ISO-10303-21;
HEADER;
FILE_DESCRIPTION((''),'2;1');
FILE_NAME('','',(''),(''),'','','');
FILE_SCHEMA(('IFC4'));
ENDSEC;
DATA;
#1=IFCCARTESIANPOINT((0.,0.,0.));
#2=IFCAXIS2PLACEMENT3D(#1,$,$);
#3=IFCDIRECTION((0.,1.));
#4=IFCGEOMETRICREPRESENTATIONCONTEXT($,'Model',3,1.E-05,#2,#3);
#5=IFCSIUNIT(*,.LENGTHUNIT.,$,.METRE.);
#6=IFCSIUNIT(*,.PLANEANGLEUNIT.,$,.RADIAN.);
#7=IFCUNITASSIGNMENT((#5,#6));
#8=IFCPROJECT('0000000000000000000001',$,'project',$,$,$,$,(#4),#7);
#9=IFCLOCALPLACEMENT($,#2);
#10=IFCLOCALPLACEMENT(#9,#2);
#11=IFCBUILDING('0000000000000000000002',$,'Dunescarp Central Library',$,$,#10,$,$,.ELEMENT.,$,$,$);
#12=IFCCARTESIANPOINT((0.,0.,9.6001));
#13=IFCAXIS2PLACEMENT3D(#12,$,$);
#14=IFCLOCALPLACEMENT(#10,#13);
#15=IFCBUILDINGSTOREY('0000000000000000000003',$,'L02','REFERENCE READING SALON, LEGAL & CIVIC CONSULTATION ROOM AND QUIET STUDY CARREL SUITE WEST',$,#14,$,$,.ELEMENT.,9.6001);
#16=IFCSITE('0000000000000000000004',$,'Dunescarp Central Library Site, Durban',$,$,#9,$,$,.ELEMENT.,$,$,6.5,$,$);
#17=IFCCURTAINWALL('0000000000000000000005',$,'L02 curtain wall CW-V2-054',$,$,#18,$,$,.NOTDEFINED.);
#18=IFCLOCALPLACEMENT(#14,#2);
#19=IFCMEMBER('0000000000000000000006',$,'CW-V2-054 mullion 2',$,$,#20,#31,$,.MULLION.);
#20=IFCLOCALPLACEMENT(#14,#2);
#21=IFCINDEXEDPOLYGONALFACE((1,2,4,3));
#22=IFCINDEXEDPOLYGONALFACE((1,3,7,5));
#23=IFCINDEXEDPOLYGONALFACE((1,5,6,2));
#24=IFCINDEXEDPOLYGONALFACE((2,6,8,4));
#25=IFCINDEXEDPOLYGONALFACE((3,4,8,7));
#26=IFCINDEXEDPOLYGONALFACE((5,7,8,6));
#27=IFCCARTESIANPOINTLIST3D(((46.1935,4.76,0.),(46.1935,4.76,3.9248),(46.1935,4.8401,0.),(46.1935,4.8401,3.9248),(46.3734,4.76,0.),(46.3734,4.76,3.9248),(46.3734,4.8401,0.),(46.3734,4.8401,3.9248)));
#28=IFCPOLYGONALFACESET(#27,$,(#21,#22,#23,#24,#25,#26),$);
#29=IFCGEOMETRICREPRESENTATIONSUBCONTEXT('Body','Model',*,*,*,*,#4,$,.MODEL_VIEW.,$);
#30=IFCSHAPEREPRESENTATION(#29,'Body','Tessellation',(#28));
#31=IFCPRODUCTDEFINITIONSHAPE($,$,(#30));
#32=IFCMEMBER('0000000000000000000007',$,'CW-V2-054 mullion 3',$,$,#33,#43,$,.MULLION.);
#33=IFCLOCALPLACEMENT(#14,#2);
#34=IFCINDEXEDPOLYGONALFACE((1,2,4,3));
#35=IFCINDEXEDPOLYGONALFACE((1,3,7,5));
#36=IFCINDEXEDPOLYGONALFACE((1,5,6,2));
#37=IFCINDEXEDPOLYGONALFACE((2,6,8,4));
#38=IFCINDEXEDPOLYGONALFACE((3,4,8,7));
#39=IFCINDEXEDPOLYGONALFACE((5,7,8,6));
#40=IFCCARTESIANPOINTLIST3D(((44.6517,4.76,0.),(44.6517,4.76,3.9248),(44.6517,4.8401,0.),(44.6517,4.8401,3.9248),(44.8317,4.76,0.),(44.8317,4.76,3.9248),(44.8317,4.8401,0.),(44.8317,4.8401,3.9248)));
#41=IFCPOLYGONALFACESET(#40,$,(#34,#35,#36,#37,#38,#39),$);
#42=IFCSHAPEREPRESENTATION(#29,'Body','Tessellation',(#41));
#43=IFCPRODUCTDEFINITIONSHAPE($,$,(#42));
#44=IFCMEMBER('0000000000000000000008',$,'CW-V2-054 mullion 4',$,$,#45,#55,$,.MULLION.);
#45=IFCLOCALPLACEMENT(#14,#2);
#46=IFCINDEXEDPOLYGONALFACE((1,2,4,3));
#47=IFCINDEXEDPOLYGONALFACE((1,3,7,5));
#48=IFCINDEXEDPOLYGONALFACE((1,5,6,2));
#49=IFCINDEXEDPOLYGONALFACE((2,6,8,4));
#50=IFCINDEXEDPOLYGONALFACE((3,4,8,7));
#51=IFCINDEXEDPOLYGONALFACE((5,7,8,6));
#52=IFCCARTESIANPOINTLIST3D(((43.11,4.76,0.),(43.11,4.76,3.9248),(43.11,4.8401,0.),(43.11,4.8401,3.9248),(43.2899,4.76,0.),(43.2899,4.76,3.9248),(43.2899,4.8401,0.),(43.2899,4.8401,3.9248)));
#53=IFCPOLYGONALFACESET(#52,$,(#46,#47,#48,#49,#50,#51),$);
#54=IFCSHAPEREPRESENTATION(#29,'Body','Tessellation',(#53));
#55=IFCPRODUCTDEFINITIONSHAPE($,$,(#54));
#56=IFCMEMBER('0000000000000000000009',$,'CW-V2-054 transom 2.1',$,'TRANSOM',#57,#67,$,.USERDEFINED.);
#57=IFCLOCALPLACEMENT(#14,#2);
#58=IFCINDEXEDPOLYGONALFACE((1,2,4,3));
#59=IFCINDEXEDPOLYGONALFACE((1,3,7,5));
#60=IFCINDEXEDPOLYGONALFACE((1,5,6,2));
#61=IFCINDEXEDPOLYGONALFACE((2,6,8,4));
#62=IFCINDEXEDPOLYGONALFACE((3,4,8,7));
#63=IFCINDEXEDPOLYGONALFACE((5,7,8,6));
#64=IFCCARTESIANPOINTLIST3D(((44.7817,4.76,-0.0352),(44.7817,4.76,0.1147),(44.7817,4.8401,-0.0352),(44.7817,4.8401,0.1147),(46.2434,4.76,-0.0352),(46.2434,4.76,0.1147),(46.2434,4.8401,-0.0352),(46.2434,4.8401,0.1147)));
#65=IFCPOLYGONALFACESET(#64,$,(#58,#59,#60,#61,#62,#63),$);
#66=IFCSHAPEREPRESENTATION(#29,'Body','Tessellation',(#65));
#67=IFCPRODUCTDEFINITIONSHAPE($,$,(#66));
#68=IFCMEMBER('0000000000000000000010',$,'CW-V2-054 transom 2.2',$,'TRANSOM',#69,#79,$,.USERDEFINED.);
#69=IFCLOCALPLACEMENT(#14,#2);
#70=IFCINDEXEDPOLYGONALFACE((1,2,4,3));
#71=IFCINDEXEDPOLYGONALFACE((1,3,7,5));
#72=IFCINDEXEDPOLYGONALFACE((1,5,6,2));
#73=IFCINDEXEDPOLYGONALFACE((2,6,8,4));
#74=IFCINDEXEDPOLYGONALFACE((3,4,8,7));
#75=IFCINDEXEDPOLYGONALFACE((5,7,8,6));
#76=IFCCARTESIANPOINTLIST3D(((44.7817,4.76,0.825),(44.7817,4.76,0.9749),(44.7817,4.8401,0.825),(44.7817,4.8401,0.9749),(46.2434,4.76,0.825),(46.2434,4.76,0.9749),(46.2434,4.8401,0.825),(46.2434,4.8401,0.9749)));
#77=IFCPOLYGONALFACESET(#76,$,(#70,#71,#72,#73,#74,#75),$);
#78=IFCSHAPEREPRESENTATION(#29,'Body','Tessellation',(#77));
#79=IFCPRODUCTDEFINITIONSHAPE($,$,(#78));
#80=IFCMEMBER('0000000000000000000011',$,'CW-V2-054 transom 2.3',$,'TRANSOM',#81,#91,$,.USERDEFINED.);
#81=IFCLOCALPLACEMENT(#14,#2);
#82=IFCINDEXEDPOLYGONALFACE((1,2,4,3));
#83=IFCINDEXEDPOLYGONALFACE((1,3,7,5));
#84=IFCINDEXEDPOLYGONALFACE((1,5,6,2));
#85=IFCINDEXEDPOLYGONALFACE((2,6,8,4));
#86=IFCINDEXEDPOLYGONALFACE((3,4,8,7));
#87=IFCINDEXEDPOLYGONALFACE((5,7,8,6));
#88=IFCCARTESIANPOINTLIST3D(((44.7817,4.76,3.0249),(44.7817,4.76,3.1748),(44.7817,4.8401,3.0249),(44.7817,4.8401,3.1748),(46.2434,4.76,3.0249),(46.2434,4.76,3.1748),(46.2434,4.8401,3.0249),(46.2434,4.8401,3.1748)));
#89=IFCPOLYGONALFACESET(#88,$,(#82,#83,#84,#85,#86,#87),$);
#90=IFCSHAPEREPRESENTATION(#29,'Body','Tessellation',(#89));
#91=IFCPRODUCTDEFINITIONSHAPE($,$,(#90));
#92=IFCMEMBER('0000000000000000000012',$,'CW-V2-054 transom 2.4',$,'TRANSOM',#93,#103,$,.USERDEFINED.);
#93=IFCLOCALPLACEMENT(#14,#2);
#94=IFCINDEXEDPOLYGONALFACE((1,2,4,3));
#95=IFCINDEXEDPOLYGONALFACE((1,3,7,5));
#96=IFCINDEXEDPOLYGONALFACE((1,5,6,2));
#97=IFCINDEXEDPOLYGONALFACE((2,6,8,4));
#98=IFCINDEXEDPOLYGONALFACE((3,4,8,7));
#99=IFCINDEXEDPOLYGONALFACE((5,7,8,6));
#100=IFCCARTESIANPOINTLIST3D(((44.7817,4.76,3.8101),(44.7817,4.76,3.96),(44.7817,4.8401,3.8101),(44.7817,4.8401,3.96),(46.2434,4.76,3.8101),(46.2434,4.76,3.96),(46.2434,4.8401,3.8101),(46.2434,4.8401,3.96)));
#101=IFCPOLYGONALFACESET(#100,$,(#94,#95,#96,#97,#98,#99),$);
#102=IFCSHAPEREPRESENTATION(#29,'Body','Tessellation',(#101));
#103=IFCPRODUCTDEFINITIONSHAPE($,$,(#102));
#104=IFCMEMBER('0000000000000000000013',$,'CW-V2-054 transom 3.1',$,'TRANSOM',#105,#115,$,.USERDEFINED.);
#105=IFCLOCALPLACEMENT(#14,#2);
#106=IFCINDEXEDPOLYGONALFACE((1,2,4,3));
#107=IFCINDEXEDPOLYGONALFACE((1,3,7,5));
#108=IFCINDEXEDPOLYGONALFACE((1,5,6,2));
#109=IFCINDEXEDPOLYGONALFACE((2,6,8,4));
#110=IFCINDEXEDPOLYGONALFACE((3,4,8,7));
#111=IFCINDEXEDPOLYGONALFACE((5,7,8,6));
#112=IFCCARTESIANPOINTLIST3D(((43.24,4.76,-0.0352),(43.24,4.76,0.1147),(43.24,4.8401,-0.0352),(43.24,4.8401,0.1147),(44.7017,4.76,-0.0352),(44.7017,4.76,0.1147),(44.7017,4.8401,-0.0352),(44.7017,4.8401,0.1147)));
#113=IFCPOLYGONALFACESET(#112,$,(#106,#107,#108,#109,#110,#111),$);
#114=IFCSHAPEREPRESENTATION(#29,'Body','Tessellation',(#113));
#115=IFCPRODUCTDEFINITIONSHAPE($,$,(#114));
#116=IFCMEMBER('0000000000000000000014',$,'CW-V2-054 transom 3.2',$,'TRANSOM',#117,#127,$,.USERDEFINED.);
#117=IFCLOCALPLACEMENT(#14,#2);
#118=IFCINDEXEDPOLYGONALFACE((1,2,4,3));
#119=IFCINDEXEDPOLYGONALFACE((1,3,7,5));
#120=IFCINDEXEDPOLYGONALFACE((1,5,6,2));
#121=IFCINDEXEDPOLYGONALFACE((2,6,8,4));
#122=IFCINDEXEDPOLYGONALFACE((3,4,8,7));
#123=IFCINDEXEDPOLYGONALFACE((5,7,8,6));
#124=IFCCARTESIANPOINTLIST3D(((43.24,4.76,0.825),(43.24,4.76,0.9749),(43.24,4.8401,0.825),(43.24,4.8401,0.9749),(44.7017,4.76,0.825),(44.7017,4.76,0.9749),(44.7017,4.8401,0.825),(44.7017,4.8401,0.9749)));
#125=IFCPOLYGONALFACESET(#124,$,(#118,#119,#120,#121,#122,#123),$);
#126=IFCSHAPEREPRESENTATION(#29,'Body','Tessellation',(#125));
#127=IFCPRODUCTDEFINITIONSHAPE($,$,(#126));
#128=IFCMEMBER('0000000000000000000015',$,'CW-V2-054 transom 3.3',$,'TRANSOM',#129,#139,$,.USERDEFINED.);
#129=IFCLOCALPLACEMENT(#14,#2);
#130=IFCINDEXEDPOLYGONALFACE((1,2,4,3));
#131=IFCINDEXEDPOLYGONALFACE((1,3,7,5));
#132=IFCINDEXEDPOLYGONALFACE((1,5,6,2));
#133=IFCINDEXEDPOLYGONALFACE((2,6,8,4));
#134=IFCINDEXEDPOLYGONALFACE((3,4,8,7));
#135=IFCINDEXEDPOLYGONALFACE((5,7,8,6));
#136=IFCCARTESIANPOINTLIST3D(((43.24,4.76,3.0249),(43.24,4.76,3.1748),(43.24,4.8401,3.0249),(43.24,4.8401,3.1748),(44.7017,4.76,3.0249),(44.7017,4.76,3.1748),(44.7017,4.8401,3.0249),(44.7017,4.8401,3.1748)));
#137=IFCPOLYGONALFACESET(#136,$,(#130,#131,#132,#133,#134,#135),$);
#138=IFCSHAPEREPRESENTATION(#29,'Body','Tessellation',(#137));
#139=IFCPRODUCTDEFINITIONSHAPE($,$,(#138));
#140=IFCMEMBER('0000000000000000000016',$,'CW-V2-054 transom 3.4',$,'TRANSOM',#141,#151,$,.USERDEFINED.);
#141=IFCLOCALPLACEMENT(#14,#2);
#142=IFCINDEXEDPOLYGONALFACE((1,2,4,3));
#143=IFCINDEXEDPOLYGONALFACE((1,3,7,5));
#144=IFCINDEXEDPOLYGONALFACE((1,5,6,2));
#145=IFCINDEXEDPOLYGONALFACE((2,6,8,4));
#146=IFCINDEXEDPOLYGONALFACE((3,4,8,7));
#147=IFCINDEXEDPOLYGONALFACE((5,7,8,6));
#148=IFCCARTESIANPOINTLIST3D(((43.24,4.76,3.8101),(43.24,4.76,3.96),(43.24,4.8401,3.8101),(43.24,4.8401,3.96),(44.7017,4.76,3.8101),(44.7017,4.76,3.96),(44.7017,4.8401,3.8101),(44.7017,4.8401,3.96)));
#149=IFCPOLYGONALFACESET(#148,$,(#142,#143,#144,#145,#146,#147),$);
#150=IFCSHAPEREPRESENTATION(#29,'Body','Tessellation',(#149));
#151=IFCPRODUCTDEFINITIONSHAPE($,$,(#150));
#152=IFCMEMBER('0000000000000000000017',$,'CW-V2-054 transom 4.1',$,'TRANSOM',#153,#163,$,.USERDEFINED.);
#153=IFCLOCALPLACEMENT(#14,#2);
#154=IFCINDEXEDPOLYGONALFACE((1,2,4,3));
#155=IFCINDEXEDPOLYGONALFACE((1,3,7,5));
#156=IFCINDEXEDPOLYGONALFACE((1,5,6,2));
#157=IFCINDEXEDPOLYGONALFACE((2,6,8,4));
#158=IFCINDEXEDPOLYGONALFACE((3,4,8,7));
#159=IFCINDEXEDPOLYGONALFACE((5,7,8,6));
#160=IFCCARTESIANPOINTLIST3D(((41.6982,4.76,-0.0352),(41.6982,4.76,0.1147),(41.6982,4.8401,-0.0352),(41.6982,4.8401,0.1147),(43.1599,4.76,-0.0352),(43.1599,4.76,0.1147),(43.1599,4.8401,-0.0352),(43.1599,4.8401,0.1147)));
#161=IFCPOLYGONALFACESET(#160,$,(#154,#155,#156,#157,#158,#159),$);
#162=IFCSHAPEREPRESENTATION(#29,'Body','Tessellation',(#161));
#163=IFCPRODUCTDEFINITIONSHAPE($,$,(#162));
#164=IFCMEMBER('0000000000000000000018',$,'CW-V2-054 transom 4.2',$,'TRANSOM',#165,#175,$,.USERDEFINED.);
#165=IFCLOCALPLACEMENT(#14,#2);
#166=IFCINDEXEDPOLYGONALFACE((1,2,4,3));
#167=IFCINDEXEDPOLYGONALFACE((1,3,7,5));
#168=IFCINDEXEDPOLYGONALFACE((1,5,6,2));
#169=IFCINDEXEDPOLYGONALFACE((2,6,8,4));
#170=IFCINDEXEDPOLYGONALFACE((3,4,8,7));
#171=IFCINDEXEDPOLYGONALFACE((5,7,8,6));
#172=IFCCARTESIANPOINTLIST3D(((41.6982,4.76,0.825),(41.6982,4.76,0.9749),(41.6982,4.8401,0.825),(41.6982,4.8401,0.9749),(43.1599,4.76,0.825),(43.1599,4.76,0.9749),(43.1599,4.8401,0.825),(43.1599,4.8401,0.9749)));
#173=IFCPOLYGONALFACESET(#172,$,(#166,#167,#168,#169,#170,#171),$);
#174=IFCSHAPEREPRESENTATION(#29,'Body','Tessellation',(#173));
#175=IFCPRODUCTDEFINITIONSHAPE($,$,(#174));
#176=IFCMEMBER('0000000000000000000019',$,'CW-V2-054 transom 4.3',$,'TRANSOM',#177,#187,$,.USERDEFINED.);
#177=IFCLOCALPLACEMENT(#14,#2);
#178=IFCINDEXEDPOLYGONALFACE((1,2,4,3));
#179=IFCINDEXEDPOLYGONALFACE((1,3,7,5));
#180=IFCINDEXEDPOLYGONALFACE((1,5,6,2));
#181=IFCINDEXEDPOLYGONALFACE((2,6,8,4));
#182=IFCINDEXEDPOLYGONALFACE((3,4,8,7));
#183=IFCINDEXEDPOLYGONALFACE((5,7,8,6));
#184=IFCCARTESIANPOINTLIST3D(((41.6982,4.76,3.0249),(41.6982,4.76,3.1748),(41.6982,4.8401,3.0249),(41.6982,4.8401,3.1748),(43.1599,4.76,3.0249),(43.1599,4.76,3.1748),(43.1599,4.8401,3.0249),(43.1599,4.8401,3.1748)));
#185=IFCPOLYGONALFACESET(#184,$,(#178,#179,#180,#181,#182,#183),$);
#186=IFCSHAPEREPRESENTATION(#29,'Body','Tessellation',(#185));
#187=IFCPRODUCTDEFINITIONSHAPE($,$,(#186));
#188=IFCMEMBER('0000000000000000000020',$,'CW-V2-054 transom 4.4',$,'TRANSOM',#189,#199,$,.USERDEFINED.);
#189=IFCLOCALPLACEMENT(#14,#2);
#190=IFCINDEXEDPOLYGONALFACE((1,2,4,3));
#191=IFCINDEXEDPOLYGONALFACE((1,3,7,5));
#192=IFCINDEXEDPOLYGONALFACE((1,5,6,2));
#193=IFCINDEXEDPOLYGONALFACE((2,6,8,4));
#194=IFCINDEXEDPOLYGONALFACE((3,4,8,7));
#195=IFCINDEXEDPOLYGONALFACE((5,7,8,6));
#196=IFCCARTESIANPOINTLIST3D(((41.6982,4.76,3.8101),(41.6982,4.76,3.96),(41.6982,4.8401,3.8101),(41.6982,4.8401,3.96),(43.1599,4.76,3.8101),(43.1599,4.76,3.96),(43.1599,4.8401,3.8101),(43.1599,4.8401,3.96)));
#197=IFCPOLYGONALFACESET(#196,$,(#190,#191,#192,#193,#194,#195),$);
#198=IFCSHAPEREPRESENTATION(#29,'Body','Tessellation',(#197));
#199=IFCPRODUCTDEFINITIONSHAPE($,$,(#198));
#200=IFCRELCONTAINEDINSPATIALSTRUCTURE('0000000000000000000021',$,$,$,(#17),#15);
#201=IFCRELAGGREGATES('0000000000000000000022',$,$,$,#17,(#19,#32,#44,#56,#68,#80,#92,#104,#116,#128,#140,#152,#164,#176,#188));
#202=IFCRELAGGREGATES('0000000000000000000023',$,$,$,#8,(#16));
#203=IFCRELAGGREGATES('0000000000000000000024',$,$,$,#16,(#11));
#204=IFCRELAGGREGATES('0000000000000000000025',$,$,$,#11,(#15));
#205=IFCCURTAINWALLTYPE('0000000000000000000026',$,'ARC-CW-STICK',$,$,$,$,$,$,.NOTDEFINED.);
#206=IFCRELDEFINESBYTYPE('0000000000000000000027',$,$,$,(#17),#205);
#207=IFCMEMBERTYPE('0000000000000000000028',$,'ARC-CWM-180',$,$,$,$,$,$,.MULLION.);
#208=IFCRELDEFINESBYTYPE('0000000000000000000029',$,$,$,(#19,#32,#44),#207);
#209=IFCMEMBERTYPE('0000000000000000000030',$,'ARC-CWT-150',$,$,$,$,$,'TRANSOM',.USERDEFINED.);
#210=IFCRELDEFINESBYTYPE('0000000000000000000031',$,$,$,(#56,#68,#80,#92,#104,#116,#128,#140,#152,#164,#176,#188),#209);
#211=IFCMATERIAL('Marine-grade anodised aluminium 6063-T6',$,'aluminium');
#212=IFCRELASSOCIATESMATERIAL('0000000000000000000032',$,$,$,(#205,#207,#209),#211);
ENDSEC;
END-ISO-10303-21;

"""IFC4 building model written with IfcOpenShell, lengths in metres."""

from ifc_helpers import new_model, si_unit, direction, frame, origin, origin_2d, place, context, subcontext, project, spatial, rectangle, extrude, material, material_profile, profile_set, type_object, element, aggregate, save


model = new_model("IFC4")

# Units and contexts
model_context = context("Model", 3, precision=1e-05, world=origin(), true_north=direction((0.0, 1.0)))
body_context = subcontext(model_context, "Body", "Model", "MODEL_VIEW")
ifc_project = project(units=[si_unit("LENGTHUNIT", "METRE"), si_unit("PLANEANGLEUNIT", "RADIAN")], contexts=[model_context])

# Site, building, storey
site_placement = place(None, origin())
site = spatial("IfcSite", under=ifc_project, at=site_placement, Name="Dunescarp Central Library Site, Durban", CompositionType="ELEMENT", RefElevation=6.5)
building_placement = place(site_placement, origin())
building = spatial("IfcBuilding", under=site, at=building_placement, Name="Dunescarp Central Library", CompositionType="ELEMENT")
storey_placement = place(building_placement, frame((0.0, 0.0, 9.6001)))
storey = spatial("IfcBuildingStorey", under=building, at=storey_placement, Name="L02", Description="REFERENCE READING SALON, LEGAL & CIVIC CONSULTATION ROOM AND QUIET STUDY CARREL SUITE WEST", CompositionType="ELEMENT", Elevation=9.6001)

# Curtain wall, members
ifc_material_1 = material(Name="Marine-grade anodised aluminium 6063-T6", Category="aluminium")
curtain_wall_type = type_object("IfcCurtainWallType", Name="ARC-CW-STICK", PredefinedType="NOTDEFINED", material=ifc_material_1)
curtain_wall_placement = place(storey_placement, origin())
curtain_wall = element("IfcCurtainWall", 1, at=curtain_wall_placement, inside=storey, type_object=curtain_wall_type, Name="L02 curtain wall CW-V2-054", PredefinedType="NOTDEFINED")
ifc_material_profile_1 = material_profile(ifc_material_1, rectangle(XDim=0.0801, YDim=0.1799, at=origin_2d()), Name="AL 80x180")
ifc_profile_set_1 = profile_set([ifc_material_profile_1], Name="Marine-grade anodised aluminium 6063-T6")
member_type_1 = type_object("IfcMemberType", Name="ARC-CWM-180", PredefinedType="MULLION", material=ifc_profile_set_1)
member_1_placement = place(storey_placement, frame((46.2834, 4.8, 0.0), z_axis=(0.0, 0.0, 1.0), x_axis=(0.0, -1.0, 0.0)))
member_1 = element("IfcMember", 2, at=member_1_placement, type_object=member_type_1, Name="CW-V2-054 mullion 2", PredefinedType="MULLION", context=body_context, shape_type="SweptSolid", body=[
    extrude(rectangle(XDim=0.0801, YDim=0.1799, at=origin_2d()), origin(), (0.0, 0.0, 1.0), 3.9248),
])
member_2_placement = place(storey_placement, frame((44.7417, 4.8, 0.0), z_axis=(0.0, 0.0, 1.0), x_axis=(0.0, -1.0, 0.0)))
member_2 = element("IfcMember", 3, at=member_2_placement, type_object=member_type_1, Name="CW-V2-054 mullion 3", PredefinedType="MULLION", context=body_context, shape_type="SweptSolid", body=[
    extrude(rectangle(XDim=0.0801, YDim=0.1799, at=origin_2d()), origin(), (0.0, 0.0, 1.0), 3.9248),
])
member_3_placement = place(storey_placement, frame((43.2, 4.8, 0.0), z_axis=(0.0, 0.0, 1.0), x_axis=(0.0, -1.0, 0.0)))
member_3 = element("IfcMember", 4, at=member_3_placement, type_object=member_type_1, Name="CW-V2-054 mullion 4", PredefinedType="MULLION", context=body_context, shape_type="SweptSolid", body=[
    extrude(rectangle(XDim=0.0801, YDim=0.1799, at=origin_2d()), origin(), (0.0, 0.0, 1.0), 3.9248),
])
ifc_material_profile_2 = material_profile(ifc_material_1, rectangle(XDim=0.0801, YDim=0.1499, at=origin_2d()), Name="AL 80x150")
ifc_profile_set_2 = profile_set([ifc_material_profile_2], Name="Marine-grade anodised aluminium 6063-T6")
member_type_2 = type_object("IfcMemberType", Name="ARC-CWT-150", ElementType="TRANSOM", PredefinedType="USERDEFINED", material=ifc_profile_set_2)
member_4_placement = place(storey_placement, frame((46.2434, 4.8, 0.0398), z_axis=(-1.0, 0.0, 0.0), x_axis=(0.0, -1.0, 0.0)))
member_4 = element("IfcMember", 5, at=member_4_placement, type_object=member_type_2, Name="CW-V2-054 transom 2.1", ObjectType="TRANSOM", PredefinedType="USERDEFINED", context=body_context, shape_type="SweptSolid", body=[
    extrude(rectangle(XDim=0.0801, YDim=0.1499, at=origin_2d()), origin(), (0.0, 0.0, 1.0), 1.4617),
])
member_5_placement = place(storey_placement, frame((46.2434, 4.8, 0.8999), z_axis=(-1.0, 0.0, 0.0), x_axis=(0.0, -1.0, 0.0)))
member_5 = element("IfcMember", 6, at=member_5_placement, type_object=member_type_2, Name="CW-V2-054 transom 2.2", ObjectType="TRANSOM", PredefinedType="USERDEFINED", context=body_context, shape_type="SweptSolid", body=[
    extrude(rectangle(XDim=0.0801, YDim=0.1499, at=origin_2d()), origin(), (0.0, 0.0, 1.0), 1.4617),
])
member_6_placement = place(storey_placement, frame((46.2434, 4.8, 3.0999), z_axis=(-1.0, 0.0, 0.0), x_axis=(0.0, -1.0, 0.0)))
member_6 = element("IfcMember", 7, at=member_6_placement, type_object=member_type_2, Name="CW-V2-054 transom 2.3", ObjectType="TRANSOM", PredefinedType="USERDEFINED", context=body_context, shape_type="SweptSolid", body=[
    extrude(rectangle(XDim=0.0801, YDim=0.1499, at=origin_2d()), origin(), (0.0, 0.0, 1.0), 1.4617),
])
member_7_placement = place(storey_placement, frame((46.2434, 4.8, 3.885), z_axis=(-1.0, 0.0, 0.0), x_axis=(0.0, -1.0, 0.0)))
member_7 = element("IfcMember", 8, at=member_7_placement, type_object=member_type_2, Name="CW-V2-054 transom 2.4", ObjectType="TRANSOM", PredefinedType="USERDEFINED", context=body_context, shape_type="SweptSolid", body=[
    extrude(rectangle(XDim=0.0801, YDim=0.1499, at=origin_2d()), origin(), (0.0, 0.0, 1.0), 1.4617),
])
member_8_placement = place(storey_placement, frame((44.7017, 4.8, 0.0398), z_axis=(-1.0, 0.0, 0.0), x_axis=(0.0, -1.0, 0.0)))
member_8 = element("IfcMember", 9, at=member_8_placement, type_object=member_type_2, Name="CW-V2-054 transom 3.1", ObjectType="TRANSOM", PredefinedType="USERDEFINED", context=body_context, shape_type="SweptSolid", body=[
    extrude(rectangle(XDim=0.0801, YDim=0.1499, at=origin_2d()), origin(), (0.0, 0.0, 1.0), 1.4617),
])
member_9_placement = place(storey_placement, frame((44.7017, 4.8, 0.8999), z_axis=(-1.0, 0.0, 0.0), x_axis=(0.0, -1.0, 0.0)))
member_9 = element("IfcMember", 10, at=member_9_placement, type_object=member_type_2, Name="CW-V2-054 transom 3.2", ObjectType="TRANSOM", PredefinedType="USERDEFINED", context=body_context, shape_type="SweptSolid", body=[
    extrude(rectangle(XDim=0.0801, YDim=0.1499, at=origin_2d()), origin(), (0.0, 0.0, 1.0), 1.4617),
])
member_10_placement = place(storey_placement, frame((44.7017, 4.8, 3.0999), z_axis=(-1.0, 0.0, 0.0), x_axis=(0.0, -1.0, 0.0)))
member_10 = element("IfcMember", 11, at=member_10_placement, type_object=member_type_2, Name="CW-V2-054 transom 3.3", ObjectType="TRANSOM", PredefinedType="USERDEFINED", context=body_context, shape_type="SweptSolid", body=[
    extrude(rectangle(XDim=0.0801, YDim=0.1499, at=origin_2d()), origin(), (0.0, 0.0, 1.0), 1.4617),
])
member_11_placement = place(storey_placement, frame((44.7017, 4.8, 3.885), z_axis=(-1.0, 0.0, 0.0), x_axis=(0.0, -1.0, 0.0)))
member_11 = element("IfcMember", 12, at=member_11_placement, type_object=member_type_2, Name="CW-V2-054 transom 3.4", ObjectType="TRANSOM", PredefinedType="USERDEFINED", context=body_context, shape_type="SweptSolid", body=[
    extrude(rectangle(XDim=0.0801, YDim=0.1499, at=origin_2d()), origin(), (0.0, 0.0, 1.0), 1.4617),
])
member_12_placement = place(storey_placement, frame((43.1599, 4.8, 0.0398), z_axis=(-1.0, 0.0, 0.0), x_axis=(0.0, -1.0, 0.0)))
member_12 = element("IfcMember", 13, at=member_12_placement, type_object=member_type_2, Name="CW-V2-054 transom 4.1", ObjectType="TRANSOM", PredefinedType="USERDEFINED", context=body_context, shape_type="SweptSolid", body=[
    extrude(rectangle(XDim=0.0801, YDim=0.1499, at=origin_2d()), origin(), (0.0, 0.0, 1.0), 1.4617),
])
member_13_placement = place(storey_placement, frame((43.1599, 4.8, 0.8999), z_axis=(-1.0, 0.0, 0.0), x_axis=(0.0, -1.0, 0.0)))
member_13 = element("IfcMember", 14, at=member_13_placement, type_object=member_type_2, Name="CW-V2-054 transom 4.2", ObjectType="TRANSOM", PredefinedType="USERDEFINED", context=body_context, shape_type="SweptSolid", body=[
    extrude(rectangle(XDim=0.0801, YDim=0.1499, at=origin_2d()), origin(), (0.0, 0.0, 1.0), 1.4617),
])
member_14_placement = place(storey_placement, frame((43.1599, 4.8, 3.0999), z_axis=(-1.0, 0.0, 0.0), x_axis=(0.0, -1.0, 0.0)))
member_14 = element("IfcMember", 15, at=member_14_placement, type_object=member_type_2, Name="CW-V2-054 transom 4.3", ObjectType="TRANSOM", PredefinedType="USERDEFINED", context=body_context, shape_type="SweptSolid", body=[
    extrude(rectangle(XDim=0.0801, YDim=0.1499, at=origin_2d()), origin(), (0.0, 0.0, 1.0), 1.4617),
])
member_15_placement = place(storey_placement, frame((43.1599, 4.8, 3.885), z_axis=(-1.0, 0.0, 0.0), x_axis=(0.0, -1.0, 0.0)))
member_15 = element("IfcMember", 16, at=member_15_placement, type_object=member_type_2, Name="CW-V2-054 transom 4.4", ObjectType="TRANSOM", PredefinedType="USERDEFINED", context=body_context, shape_type="SweptSolid", body=[
    extrude(rectangle(XDim=0.0801, YDim=0.1499, at=origin_2d()), origin(), (0.0, 0.0, 1.0), 1.4617),
])

aggregate(curtain_wall, [member_1, member_2, member_3, member_4, member_5, member_6, member_7, member_8, member_9, member_10, member_11, member_12, member_13, member_14, member_15])

save(model, "model.ifc")
